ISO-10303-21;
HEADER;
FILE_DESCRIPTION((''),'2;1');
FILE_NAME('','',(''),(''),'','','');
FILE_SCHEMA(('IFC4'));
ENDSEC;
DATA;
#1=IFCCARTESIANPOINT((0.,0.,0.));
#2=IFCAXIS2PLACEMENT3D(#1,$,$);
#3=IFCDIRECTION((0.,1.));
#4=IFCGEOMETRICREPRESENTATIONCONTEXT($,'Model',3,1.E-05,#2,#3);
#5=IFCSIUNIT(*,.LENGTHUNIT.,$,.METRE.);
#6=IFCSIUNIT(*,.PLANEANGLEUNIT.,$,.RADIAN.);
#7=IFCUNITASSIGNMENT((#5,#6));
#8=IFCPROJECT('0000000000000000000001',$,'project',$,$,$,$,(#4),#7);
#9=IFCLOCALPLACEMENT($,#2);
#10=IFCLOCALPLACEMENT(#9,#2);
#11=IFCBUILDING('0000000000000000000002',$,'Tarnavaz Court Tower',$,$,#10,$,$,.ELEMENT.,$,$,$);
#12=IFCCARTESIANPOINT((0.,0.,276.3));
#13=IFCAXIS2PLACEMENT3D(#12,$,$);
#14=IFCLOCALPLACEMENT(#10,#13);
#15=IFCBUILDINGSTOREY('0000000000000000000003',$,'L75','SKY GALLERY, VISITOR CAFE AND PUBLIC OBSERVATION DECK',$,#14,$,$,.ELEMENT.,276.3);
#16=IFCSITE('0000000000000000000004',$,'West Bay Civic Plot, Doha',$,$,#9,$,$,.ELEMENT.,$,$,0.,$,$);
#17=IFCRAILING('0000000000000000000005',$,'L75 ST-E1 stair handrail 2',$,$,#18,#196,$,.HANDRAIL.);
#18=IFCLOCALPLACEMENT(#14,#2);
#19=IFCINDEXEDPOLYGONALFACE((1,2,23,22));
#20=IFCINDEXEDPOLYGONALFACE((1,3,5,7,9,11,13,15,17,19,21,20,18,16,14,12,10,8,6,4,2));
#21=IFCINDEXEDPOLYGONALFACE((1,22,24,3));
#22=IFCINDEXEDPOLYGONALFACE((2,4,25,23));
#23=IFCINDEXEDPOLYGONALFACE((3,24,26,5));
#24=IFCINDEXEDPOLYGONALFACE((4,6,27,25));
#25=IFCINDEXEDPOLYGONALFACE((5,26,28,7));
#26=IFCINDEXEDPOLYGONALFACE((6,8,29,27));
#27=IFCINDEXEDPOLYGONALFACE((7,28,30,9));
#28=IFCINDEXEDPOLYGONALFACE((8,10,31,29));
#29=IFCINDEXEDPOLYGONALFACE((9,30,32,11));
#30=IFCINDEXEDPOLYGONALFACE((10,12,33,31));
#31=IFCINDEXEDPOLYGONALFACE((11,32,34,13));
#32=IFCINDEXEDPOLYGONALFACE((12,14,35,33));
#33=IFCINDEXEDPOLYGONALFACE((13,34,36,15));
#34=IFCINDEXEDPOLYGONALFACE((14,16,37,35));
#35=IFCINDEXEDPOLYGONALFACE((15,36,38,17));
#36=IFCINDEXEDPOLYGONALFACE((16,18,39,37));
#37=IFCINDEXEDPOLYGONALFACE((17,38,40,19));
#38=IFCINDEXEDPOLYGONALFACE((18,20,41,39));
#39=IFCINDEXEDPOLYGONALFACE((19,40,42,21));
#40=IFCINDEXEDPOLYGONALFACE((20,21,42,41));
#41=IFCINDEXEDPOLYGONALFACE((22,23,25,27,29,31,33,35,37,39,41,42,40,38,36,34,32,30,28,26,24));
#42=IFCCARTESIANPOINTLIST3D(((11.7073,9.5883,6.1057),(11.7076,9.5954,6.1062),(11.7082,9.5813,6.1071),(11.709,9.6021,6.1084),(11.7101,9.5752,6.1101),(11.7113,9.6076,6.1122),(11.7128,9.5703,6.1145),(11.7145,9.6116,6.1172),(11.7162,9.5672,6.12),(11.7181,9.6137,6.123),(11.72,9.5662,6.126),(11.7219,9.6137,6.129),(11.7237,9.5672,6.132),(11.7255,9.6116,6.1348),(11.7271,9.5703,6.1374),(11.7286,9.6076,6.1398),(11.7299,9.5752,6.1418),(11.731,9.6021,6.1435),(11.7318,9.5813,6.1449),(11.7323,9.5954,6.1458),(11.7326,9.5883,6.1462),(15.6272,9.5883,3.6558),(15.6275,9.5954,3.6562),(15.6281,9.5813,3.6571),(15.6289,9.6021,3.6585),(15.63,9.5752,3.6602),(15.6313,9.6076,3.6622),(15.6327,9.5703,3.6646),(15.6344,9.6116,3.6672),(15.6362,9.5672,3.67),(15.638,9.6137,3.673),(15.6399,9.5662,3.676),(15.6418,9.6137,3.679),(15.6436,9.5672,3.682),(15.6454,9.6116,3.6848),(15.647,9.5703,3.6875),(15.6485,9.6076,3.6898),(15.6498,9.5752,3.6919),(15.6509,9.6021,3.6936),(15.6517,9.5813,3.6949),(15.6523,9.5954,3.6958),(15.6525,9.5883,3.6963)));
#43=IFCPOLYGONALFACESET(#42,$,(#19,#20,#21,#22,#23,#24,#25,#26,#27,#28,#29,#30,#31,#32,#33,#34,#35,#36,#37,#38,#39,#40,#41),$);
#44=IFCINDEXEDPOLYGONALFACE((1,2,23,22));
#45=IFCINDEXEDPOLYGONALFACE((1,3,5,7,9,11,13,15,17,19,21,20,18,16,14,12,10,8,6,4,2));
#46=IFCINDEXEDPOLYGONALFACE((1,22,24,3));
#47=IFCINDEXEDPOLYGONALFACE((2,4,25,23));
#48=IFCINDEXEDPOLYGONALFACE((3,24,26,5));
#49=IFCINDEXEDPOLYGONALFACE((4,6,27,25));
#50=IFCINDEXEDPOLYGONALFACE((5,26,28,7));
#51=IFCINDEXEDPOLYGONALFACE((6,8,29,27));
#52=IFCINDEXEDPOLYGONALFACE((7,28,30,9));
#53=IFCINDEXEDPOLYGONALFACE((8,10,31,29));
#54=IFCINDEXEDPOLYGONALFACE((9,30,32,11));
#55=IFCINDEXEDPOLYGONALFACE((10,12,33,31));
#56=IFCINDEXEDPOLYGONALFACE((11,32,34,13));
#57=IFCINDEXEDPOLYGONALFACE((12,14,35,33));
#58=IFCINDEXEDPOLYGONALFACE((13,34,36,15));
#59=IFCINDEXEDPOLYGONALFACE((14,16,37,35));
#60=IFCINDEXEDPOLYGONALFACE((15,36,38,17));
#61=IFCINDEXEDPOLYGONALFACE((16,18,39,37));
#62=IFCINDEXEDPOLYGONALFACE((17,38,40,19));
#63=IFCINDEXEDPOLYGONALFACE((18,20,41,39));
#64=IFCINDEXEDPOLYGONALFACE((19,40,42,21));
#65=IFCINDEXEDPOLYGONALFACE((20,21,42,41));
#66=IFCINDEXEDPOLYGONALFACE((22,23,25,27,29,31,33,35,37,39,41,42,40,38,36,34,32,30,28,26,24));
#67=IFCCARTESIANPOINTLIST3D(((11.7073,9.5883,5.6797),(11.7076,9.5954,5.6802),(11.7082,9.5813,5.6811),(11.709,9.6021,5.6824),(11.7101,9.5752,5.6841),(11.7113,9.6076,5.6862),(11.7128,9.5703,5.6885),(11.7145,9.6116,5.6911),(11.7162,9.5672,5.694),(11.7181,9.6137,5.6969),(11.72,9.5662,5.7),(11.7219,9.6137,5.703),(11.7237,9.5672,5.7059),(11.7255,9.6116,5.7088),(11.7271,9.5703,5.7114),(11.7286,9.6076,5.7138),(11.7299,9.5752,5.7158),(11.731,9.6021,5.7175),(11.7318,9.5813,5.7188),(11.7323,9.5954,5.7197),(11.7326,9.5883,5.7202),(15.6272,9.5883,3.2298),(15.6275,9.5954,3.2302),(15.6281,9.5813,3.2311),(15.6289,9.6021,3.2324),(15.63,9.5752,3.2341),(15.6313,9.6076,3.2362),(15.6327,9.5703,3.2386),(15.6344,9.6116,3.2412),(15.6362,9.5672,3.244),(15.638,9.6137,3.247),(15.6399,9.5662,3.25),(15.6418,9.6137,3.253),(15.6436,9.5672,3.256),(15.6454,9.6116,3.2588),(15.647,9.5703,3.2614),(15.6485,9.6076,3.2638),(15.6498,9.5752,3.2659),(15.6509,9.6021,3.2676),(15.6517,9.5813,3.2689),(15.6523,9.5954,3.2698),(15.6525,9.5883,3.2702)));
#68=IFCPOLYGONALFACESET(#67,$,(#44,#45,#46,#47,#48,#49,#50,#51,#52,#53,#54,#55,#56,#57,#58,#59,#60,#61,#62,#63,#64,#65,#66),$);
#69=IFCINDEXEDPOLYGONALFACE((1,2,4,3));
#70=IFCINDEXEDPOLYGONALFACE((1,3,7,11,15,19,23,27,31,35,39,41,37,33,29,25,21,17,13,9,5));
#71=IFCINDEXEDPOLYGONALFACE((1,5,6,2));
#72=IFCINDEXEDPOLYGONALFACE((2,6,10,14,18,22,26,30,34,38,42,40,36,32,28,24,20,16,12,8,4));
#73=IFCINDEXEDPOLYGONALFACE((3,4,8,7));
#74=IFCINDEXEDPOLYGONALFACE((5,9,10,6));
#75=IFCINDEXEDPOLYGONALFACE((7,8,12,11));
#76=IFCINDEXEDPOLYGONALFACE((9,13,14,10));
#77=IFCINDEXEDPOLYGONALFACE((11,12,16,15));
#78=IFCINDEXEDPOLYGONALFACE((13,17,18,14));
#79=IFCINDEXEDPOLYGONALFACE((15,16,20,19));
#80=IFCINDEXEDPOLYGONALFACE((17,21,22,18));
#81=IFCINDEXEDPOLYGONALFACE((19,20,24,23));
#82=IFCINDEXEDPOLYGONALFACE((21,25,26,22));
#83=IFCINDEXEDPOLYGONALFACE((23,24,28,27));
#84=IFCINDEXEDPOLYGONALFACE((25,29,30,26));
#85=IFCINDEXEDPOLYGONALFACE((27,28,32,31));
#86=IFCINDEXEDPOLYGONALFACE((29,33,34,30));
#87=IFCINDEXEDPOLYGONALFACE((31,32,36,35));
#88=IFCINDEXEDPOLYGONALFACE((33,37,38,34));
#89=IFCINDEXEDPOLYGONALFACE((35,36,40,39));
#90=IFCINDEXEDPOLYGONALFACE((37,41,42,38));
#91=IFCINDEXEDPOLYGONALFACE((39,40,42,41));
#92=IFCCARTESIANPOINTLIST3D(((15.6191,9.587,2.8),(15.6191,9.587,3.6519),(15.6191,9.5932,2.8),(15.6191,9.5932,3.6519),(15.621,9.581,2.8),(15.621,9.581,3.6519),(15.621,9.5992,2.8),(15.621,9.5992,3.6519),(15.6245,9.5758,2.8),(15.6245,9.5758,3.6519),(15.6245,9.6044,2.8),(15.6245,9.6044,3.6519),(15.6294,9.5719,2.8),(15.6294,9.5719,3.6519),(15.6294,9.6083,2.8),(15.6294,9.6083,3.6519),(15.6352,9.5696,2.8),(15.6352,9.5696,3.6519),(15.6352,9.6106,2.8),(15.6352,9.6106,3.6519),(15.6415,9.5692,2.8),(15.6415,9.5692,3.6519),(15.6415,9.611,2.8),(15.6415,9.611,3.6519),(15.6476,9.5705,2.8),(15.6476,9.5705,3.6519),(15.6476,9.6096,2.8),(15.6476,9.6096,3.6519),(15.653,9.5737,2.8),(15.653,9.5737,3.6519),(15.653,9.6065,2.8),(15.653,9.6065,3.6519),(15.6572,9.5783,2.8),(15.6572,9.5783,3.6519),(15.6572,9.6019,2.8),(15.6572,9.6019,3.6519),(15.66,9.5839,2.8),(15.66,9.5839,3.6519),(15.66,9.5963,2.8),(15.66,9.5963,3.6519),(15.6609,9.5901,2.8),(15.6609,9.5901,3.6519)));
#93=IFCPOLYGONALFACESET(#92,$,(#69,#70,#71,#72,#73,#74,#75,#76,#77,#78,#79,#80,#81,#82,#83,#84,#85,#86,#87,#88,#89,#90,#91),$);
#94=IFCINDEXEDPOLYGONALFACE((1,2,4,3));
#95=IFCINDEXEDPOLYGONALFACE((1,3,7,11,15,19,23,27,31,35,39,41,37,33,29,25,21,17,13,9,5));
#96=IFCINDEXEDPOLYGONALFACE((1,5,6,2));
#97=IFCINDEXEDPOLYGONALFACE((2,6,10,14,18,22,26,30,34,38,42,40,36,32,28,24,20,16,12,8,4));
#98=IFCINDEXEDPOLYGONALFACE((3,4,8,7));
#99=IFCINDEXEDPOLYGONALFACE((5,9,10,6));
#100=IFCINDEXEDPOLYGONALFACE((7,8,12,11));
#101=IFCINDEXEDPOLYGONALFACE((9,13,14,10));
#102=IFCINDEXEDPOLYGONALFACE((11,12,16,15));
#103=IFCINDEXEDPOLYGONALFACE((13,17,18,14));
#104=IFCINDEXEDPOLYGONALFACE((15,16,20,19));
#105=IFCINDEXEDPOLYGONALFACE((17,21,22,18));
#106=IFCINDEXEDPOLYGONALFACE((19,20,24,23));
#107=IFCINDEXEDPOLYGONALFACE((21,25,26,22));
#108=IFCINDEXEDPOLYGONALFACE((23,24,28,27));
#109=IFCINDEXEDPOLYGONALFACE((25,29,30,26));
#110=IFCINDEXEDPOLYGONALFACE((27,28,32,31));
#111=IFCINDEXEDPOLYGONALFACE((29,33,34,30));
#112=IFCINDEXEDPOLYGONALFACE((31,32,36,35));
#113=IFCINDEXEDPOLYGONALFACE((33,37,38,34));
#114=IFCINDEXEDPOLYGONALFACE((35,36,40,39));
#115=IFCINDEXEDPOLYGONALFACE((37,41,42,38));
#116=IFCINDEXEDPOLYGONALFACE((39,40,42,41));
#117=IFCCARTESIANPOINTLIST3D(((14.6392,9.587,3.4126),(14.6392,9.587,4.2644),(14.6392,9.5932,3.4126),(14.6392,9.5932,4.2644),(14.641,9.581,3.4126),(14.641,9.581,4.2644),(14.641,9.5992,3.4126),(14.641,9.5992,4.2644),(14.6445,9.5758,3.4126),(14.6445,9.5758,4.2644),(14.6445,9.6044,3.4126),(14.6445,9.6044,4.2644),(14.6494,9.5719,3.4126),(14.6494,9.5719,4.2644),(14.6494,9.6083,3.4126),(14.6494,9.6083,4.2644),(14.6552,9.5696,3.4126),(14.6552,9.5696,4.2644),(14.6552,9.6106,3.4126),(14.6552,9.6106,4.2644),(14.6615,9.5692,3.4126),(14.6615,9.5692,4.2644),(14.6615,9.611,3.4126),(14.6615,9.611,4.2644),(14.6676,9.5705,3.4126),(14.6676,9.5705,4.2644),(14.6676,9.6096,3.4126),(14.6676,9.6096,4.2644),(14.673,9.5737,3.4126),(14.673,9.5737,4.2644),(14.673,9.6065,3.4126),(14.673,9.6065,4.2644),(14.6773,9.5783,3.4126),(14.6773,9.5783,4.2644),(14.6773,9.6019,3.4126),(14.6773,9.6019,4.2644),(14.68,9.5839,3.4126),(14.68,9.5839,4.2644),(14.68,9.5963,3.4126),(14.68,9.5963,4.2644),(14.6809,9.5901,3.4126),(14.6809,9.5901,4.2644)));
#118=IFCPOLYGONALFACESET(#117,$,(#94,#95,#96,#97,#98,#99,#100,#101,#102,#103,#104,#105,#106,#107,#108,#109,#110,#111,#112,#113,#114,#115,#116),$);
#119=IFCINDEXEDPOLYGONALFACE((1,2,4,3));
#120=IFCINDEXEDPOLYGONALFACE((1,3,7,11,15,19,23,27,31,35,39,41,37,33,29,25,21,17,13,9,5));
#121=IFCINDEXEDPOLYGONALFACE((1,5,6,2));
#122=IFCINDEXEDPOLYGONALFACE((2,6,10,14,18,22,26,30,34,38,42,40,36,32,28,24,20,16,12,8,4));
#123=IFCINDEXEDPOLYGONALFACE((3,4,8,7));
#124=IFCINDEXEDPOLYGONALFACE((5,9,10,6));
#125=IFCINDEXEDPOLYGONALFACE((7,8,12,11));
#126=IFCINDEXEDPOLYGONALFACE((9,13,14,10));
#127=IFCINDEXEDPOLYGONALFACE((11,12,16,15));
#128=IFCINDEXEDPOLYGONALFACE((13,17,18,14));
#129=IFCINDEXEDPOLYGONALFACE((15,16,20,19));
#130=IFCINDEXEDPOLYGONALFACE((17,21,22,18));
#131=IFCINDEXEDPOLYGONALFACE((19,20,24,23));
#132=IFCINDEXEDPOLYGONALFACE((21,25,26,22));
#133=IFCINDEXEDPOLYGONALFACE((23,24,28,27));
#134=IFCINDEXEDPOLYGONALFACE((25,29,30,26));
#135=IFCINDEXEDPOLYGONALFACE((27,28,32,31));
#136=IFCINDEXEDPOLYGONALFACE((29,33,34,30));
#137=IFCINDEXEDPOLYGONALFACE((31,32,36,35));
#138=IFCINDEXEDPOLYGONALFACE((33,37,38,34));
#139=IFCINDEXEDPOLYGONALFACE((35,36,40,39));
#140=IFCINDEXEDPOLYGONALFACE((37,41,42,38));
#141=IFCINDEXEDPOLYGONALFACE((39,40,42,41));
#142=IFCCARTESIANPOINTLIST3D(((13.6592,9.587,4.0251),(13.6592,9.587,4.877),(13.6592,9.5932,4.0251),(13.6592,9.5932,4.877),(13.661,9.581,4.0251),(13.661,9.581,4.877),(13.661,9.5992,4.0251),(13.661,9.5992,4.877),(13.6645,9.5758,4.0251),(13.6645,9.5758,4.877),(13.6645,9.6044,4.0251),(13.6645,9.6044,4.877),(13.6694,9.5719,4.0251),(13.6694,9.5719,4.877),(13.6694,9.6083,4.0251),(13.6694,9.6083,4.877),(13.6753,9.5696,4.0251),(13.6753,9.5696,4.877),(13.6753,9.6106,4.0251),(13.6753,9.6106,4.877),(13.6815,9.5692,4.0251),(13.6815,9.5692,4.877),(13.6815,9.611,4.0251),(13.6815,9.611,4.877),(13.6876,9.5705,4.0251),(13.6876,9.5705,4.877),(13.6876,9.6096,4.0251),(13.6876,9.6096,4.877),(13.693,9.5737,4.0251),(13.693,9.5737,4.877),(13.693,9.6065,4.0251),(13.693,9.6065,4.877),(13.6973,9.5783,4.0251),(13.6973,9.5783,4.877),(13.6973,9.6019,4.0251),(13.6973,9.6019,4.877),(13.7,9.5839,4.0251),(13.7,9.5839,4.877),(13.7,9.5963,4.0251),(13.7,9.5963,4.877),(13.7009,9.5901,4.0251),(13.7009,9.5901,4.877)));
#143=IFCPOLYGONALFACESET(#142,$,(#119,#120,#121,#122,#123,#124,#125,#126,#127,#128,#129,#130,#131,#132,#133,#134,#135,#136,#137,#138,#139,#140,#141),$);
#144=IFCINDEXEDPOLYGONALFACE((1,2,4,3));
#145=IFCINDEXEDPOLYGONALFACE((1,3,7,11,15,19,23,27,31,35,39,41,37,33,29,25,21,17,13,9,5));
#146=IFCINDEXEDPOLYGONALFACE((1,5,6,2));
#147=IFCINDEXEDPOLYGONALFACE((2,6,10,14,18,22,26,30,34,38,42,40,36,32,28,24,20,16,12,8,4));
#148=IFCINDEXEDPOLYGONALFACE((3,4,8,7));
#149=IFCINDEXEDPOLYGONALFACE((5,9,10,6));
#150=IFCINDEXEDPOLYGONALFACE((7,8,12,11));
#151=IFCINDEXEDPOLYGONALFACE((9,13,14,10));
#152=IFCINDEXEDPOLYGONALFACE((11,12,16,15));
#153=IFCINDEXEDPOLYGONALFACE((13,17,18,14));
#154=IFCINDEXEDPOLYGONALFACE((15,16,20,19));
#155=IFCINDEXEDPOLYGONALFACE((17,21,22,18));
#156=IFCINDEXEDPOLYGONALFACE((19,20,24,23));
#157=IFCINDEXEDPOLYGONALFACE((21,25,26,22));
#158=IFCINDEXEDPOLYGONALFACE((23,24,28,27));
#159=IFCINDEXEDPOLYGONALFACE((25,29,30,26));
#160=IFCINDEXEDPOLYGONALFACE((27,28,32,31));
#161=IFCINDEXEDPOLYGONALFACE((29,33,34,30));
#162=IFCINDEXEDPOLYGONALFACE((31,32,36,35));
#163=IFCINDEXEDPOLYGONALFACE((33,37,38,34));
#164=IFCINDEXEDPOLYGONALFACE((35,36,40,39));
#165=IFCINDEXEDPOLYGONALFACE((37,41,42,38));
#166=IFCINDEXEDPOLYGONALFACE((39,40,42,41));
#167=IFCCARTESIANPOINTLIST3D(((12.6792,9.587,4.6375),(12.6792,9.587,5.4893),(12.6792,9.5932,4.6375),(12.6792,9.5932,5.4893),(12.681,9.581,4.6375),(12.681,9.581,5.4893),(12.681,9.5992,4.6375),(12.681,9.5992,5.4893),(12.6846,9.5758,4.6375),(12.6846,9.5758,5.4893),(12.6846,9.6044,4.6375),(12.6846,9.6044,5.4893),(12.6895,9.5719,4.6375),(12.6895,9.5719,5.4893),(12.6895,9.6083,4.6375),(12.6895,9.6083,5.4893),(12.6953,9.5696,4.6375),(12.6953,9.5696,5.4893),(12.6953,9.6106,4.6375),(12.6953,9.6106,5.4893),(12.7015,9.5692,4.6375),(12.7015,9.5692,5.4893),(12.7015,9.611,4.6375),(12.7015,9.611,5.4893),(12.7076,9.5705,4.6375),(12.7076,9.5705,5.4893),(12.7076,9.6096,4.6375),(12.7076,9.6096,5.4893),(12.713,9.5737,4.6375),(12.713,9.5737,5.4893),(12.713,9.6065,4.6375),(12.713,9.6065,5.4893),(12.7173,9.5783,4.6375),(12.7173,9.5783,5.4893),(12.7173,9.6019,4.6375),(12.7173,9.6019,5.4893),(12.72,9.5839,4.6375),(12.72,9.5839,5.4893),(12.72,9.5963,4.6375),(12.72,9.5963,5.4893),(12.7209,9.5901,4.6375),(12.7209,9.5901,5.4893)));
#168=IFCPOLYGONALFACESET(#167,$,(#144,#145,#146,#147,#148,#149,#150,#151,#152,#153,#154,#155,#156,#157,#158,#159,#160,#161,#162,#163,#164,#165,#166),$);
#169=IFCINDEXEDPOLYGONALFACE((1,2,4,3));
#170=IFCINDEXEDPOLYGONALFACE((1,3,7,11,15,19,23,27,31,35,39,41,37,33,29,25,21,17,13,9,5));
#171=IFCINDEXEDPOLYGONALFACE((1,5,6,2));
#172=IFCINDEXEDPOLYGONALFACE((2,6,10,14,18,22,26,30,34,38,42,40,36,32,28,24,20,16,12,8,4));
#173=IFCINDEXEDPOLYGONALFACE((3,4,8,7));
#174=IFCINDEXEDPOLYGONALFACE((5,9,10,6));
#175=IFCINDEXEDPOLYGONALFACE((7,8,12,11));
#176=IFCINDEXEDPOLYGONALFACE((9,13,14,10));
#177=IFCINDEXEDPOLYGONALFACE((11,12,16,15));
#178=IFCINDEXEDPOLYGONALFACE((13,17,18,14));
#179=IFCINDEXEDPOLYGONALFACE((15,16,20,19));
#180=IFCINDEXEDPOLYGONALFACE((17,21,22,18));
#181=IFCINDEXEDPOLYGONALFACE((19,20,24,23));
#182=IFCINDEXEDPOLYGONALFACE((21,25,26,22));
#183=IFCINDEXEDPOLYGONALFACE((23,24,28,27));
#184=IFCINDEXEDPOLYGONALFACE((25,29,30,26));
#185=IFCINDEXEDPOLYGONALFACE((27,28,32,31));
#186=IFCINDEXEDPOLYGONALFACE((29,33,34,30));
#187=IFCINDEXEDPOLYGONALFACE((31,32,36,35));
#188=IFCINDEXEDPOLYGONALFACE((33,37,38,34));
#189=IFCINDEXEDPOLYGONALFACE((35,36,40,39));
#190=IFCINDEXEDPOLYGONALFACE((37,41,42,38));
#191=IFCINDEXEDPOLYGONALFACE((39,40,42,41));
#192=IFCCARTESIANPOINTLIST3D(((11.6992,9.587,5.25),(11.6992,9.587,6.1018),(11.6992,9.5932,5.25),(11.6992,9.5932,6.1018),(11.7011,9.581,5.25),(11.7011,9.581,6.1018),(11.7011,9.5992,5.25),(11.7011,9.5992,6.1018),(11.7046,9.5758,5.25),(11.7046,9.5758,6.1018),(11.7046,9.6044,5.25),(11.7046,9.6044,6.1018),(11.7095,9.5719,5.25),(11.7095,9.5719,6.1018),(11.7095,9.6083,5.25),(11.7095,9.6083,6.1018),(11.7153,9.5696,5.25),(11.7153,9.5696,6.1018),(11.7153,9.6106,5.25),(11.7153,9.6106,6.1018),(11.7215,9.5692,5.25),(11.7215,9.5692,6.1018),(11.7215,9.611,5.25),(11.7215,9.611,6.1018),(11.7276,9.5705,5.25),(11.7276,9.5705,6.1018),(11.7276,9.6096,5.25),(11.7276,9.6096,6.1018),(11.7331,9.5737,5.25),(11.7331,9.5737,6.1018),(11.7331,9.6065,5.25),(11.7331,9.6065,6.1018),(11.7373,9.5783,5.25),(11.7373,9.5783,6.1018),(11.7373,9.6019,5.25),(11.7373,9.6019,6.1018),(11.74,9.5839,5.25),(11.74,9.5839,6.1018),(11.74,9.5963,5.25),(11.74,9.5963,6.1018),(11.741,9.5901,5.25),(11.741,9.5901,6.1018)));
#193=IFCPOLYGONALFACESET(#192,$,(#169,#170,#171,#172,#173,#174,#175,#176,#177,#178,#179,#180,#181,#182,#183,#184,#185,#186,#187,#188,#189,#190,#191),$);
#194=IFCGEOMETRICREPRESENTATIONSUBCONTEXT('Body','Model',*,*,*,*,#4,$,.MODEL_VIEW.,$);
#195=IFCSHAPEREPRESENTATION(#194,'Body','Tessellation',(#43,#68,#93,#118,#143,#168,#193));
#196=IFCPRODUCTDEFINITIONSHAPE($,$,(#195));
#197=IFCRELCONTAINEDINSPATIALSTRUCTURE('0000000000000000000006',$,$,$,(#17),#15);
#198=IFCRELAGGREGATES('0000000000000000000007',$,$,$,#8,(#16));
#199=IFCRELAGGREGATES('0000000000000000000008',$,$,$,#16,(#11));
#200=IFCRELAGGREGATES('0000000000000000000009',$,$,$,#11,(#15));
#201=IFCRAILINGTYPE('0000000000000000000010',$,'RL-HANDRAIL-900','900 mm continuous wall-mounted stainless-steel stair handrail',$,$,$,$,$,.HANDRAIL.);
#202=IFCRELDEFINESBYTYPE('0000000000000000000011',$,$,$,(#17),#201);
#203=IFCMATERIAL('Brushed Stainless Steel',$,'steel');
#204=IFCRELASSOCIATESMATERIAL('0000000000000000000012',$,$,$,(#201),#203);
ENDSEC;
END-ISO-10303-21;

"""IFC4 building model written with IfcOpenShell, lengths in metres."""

from ifc_helpers import new_model, si_unit, direction, frame, origin, origin_2d, place, context, subcontext, project, spatial, circle, extrude, material, type_object, element, save


model = new_model("IFC4")

# Units and contexts
model_context = context("Model", 3, precision=1e-05, world=origin(), true_north=direction((0.0, 1.0)))
body_context = subcontext(model_context, "Body", "Model", "MODEL_VIEW")
ifc_project = project(units=[si_unit("LENGTHUNIT", "METRE"), si_unit("PLANEANGLEUNIT", "RADIAN")], contexts=[model_context])

# Site, building, storey
site_placement = place(None, origin())
site = spatial("IfcSite", under=ifc_project, at=site_placement, Name="West Bay Civic Plot, Doha", CompositionType="ELEMENT", RefElevation=0.0)
building_placement = place(site_placement, origin())
building = spatial("IfcBuilding", under=site, at=building_placement, Name="Tarnavaz Court Tower", CompositionType="ELEMENT")
storey_placement = place(building_placement, frame((0.0, 0.0, 276.3)))
storey = spatial("IfcBuildingStorey", under=building, at=storey_placement, Name="L75", Description="SKY GALLERY, VISITOR CAFE AND PUBLIC OBSERVATION DECK", CompositionType="ELEMENT", Elevation=276.3)

# Railing
ifc_material_1 = material(Name="Brushed Stainless Steel", Category="steel")
railing_type_1 = type_object("IfcRailingType", Name="RL-HANDRAIL-900", Description="900 mm continuous wall-mounted stainless-steel stair handrail", PredefinedType="HANDRAIL", material=ifc_material_1)
railing_1_placement = place(storey_placement, frame((15.6399, 9.5901, 2.8)))
element("IfcRailing", 1, at=railing_1_placement, inside=storey, type_object=railing_type_1, Name="L75 ST-E1 stair handrail 2", PredefinedType="HANDRAIL", context=body_context, shape_type="SweptSolid", body=[
    extrude(circle(Radius=0.0239, at=origin_2d()), frame((0.0, 0.0, 0.876), z_axis=(-0.847998, 0.0, 0.529999), x_axis=(0.0, -1.0, 0.0)), (0.0, 0.0, 1.0), 4.6226),
    extrude(circle(Radius=0.0239, at=origin_2d()), frame((0.0, 0.0, 0.45), z_axis=(-0.847998, 0.0, 0.529999), x_axis=(0.0, -1.0, 0.0)), (0.0, 0.0, 1.0), 4.6226),
    extrude(circle(Radius=0.021, at=origin_2d()), origin(), (0.0, 0.0, 1.0), 0.8518),
    extrude(circle(Radius=0.021, at=origin_2d()), frame((-0.98, 0.0, 0.6125)), (0.0, 0.0, 1.0), 0.8518),
    extrude(circle(Radius=0.021, at=origin_2d()), frame((-1.96, 0.0, 1.2251)), (0.0, 0.0, 1.0), 0.8518),
    extrude(circle(Radius=0.021, at=origin_2d()), frame((-2.9399, 0.0, 1.8374)), (0.0, 0.0, 1.0), 0.8518),
    extrude(circle(Radius=0.021, at=origin_2d()), frame((-3.9199, 0.0, 2.45)), (0.0, 0.0, 1.0), 0.8518),
])

save(model, "model.ifc")
